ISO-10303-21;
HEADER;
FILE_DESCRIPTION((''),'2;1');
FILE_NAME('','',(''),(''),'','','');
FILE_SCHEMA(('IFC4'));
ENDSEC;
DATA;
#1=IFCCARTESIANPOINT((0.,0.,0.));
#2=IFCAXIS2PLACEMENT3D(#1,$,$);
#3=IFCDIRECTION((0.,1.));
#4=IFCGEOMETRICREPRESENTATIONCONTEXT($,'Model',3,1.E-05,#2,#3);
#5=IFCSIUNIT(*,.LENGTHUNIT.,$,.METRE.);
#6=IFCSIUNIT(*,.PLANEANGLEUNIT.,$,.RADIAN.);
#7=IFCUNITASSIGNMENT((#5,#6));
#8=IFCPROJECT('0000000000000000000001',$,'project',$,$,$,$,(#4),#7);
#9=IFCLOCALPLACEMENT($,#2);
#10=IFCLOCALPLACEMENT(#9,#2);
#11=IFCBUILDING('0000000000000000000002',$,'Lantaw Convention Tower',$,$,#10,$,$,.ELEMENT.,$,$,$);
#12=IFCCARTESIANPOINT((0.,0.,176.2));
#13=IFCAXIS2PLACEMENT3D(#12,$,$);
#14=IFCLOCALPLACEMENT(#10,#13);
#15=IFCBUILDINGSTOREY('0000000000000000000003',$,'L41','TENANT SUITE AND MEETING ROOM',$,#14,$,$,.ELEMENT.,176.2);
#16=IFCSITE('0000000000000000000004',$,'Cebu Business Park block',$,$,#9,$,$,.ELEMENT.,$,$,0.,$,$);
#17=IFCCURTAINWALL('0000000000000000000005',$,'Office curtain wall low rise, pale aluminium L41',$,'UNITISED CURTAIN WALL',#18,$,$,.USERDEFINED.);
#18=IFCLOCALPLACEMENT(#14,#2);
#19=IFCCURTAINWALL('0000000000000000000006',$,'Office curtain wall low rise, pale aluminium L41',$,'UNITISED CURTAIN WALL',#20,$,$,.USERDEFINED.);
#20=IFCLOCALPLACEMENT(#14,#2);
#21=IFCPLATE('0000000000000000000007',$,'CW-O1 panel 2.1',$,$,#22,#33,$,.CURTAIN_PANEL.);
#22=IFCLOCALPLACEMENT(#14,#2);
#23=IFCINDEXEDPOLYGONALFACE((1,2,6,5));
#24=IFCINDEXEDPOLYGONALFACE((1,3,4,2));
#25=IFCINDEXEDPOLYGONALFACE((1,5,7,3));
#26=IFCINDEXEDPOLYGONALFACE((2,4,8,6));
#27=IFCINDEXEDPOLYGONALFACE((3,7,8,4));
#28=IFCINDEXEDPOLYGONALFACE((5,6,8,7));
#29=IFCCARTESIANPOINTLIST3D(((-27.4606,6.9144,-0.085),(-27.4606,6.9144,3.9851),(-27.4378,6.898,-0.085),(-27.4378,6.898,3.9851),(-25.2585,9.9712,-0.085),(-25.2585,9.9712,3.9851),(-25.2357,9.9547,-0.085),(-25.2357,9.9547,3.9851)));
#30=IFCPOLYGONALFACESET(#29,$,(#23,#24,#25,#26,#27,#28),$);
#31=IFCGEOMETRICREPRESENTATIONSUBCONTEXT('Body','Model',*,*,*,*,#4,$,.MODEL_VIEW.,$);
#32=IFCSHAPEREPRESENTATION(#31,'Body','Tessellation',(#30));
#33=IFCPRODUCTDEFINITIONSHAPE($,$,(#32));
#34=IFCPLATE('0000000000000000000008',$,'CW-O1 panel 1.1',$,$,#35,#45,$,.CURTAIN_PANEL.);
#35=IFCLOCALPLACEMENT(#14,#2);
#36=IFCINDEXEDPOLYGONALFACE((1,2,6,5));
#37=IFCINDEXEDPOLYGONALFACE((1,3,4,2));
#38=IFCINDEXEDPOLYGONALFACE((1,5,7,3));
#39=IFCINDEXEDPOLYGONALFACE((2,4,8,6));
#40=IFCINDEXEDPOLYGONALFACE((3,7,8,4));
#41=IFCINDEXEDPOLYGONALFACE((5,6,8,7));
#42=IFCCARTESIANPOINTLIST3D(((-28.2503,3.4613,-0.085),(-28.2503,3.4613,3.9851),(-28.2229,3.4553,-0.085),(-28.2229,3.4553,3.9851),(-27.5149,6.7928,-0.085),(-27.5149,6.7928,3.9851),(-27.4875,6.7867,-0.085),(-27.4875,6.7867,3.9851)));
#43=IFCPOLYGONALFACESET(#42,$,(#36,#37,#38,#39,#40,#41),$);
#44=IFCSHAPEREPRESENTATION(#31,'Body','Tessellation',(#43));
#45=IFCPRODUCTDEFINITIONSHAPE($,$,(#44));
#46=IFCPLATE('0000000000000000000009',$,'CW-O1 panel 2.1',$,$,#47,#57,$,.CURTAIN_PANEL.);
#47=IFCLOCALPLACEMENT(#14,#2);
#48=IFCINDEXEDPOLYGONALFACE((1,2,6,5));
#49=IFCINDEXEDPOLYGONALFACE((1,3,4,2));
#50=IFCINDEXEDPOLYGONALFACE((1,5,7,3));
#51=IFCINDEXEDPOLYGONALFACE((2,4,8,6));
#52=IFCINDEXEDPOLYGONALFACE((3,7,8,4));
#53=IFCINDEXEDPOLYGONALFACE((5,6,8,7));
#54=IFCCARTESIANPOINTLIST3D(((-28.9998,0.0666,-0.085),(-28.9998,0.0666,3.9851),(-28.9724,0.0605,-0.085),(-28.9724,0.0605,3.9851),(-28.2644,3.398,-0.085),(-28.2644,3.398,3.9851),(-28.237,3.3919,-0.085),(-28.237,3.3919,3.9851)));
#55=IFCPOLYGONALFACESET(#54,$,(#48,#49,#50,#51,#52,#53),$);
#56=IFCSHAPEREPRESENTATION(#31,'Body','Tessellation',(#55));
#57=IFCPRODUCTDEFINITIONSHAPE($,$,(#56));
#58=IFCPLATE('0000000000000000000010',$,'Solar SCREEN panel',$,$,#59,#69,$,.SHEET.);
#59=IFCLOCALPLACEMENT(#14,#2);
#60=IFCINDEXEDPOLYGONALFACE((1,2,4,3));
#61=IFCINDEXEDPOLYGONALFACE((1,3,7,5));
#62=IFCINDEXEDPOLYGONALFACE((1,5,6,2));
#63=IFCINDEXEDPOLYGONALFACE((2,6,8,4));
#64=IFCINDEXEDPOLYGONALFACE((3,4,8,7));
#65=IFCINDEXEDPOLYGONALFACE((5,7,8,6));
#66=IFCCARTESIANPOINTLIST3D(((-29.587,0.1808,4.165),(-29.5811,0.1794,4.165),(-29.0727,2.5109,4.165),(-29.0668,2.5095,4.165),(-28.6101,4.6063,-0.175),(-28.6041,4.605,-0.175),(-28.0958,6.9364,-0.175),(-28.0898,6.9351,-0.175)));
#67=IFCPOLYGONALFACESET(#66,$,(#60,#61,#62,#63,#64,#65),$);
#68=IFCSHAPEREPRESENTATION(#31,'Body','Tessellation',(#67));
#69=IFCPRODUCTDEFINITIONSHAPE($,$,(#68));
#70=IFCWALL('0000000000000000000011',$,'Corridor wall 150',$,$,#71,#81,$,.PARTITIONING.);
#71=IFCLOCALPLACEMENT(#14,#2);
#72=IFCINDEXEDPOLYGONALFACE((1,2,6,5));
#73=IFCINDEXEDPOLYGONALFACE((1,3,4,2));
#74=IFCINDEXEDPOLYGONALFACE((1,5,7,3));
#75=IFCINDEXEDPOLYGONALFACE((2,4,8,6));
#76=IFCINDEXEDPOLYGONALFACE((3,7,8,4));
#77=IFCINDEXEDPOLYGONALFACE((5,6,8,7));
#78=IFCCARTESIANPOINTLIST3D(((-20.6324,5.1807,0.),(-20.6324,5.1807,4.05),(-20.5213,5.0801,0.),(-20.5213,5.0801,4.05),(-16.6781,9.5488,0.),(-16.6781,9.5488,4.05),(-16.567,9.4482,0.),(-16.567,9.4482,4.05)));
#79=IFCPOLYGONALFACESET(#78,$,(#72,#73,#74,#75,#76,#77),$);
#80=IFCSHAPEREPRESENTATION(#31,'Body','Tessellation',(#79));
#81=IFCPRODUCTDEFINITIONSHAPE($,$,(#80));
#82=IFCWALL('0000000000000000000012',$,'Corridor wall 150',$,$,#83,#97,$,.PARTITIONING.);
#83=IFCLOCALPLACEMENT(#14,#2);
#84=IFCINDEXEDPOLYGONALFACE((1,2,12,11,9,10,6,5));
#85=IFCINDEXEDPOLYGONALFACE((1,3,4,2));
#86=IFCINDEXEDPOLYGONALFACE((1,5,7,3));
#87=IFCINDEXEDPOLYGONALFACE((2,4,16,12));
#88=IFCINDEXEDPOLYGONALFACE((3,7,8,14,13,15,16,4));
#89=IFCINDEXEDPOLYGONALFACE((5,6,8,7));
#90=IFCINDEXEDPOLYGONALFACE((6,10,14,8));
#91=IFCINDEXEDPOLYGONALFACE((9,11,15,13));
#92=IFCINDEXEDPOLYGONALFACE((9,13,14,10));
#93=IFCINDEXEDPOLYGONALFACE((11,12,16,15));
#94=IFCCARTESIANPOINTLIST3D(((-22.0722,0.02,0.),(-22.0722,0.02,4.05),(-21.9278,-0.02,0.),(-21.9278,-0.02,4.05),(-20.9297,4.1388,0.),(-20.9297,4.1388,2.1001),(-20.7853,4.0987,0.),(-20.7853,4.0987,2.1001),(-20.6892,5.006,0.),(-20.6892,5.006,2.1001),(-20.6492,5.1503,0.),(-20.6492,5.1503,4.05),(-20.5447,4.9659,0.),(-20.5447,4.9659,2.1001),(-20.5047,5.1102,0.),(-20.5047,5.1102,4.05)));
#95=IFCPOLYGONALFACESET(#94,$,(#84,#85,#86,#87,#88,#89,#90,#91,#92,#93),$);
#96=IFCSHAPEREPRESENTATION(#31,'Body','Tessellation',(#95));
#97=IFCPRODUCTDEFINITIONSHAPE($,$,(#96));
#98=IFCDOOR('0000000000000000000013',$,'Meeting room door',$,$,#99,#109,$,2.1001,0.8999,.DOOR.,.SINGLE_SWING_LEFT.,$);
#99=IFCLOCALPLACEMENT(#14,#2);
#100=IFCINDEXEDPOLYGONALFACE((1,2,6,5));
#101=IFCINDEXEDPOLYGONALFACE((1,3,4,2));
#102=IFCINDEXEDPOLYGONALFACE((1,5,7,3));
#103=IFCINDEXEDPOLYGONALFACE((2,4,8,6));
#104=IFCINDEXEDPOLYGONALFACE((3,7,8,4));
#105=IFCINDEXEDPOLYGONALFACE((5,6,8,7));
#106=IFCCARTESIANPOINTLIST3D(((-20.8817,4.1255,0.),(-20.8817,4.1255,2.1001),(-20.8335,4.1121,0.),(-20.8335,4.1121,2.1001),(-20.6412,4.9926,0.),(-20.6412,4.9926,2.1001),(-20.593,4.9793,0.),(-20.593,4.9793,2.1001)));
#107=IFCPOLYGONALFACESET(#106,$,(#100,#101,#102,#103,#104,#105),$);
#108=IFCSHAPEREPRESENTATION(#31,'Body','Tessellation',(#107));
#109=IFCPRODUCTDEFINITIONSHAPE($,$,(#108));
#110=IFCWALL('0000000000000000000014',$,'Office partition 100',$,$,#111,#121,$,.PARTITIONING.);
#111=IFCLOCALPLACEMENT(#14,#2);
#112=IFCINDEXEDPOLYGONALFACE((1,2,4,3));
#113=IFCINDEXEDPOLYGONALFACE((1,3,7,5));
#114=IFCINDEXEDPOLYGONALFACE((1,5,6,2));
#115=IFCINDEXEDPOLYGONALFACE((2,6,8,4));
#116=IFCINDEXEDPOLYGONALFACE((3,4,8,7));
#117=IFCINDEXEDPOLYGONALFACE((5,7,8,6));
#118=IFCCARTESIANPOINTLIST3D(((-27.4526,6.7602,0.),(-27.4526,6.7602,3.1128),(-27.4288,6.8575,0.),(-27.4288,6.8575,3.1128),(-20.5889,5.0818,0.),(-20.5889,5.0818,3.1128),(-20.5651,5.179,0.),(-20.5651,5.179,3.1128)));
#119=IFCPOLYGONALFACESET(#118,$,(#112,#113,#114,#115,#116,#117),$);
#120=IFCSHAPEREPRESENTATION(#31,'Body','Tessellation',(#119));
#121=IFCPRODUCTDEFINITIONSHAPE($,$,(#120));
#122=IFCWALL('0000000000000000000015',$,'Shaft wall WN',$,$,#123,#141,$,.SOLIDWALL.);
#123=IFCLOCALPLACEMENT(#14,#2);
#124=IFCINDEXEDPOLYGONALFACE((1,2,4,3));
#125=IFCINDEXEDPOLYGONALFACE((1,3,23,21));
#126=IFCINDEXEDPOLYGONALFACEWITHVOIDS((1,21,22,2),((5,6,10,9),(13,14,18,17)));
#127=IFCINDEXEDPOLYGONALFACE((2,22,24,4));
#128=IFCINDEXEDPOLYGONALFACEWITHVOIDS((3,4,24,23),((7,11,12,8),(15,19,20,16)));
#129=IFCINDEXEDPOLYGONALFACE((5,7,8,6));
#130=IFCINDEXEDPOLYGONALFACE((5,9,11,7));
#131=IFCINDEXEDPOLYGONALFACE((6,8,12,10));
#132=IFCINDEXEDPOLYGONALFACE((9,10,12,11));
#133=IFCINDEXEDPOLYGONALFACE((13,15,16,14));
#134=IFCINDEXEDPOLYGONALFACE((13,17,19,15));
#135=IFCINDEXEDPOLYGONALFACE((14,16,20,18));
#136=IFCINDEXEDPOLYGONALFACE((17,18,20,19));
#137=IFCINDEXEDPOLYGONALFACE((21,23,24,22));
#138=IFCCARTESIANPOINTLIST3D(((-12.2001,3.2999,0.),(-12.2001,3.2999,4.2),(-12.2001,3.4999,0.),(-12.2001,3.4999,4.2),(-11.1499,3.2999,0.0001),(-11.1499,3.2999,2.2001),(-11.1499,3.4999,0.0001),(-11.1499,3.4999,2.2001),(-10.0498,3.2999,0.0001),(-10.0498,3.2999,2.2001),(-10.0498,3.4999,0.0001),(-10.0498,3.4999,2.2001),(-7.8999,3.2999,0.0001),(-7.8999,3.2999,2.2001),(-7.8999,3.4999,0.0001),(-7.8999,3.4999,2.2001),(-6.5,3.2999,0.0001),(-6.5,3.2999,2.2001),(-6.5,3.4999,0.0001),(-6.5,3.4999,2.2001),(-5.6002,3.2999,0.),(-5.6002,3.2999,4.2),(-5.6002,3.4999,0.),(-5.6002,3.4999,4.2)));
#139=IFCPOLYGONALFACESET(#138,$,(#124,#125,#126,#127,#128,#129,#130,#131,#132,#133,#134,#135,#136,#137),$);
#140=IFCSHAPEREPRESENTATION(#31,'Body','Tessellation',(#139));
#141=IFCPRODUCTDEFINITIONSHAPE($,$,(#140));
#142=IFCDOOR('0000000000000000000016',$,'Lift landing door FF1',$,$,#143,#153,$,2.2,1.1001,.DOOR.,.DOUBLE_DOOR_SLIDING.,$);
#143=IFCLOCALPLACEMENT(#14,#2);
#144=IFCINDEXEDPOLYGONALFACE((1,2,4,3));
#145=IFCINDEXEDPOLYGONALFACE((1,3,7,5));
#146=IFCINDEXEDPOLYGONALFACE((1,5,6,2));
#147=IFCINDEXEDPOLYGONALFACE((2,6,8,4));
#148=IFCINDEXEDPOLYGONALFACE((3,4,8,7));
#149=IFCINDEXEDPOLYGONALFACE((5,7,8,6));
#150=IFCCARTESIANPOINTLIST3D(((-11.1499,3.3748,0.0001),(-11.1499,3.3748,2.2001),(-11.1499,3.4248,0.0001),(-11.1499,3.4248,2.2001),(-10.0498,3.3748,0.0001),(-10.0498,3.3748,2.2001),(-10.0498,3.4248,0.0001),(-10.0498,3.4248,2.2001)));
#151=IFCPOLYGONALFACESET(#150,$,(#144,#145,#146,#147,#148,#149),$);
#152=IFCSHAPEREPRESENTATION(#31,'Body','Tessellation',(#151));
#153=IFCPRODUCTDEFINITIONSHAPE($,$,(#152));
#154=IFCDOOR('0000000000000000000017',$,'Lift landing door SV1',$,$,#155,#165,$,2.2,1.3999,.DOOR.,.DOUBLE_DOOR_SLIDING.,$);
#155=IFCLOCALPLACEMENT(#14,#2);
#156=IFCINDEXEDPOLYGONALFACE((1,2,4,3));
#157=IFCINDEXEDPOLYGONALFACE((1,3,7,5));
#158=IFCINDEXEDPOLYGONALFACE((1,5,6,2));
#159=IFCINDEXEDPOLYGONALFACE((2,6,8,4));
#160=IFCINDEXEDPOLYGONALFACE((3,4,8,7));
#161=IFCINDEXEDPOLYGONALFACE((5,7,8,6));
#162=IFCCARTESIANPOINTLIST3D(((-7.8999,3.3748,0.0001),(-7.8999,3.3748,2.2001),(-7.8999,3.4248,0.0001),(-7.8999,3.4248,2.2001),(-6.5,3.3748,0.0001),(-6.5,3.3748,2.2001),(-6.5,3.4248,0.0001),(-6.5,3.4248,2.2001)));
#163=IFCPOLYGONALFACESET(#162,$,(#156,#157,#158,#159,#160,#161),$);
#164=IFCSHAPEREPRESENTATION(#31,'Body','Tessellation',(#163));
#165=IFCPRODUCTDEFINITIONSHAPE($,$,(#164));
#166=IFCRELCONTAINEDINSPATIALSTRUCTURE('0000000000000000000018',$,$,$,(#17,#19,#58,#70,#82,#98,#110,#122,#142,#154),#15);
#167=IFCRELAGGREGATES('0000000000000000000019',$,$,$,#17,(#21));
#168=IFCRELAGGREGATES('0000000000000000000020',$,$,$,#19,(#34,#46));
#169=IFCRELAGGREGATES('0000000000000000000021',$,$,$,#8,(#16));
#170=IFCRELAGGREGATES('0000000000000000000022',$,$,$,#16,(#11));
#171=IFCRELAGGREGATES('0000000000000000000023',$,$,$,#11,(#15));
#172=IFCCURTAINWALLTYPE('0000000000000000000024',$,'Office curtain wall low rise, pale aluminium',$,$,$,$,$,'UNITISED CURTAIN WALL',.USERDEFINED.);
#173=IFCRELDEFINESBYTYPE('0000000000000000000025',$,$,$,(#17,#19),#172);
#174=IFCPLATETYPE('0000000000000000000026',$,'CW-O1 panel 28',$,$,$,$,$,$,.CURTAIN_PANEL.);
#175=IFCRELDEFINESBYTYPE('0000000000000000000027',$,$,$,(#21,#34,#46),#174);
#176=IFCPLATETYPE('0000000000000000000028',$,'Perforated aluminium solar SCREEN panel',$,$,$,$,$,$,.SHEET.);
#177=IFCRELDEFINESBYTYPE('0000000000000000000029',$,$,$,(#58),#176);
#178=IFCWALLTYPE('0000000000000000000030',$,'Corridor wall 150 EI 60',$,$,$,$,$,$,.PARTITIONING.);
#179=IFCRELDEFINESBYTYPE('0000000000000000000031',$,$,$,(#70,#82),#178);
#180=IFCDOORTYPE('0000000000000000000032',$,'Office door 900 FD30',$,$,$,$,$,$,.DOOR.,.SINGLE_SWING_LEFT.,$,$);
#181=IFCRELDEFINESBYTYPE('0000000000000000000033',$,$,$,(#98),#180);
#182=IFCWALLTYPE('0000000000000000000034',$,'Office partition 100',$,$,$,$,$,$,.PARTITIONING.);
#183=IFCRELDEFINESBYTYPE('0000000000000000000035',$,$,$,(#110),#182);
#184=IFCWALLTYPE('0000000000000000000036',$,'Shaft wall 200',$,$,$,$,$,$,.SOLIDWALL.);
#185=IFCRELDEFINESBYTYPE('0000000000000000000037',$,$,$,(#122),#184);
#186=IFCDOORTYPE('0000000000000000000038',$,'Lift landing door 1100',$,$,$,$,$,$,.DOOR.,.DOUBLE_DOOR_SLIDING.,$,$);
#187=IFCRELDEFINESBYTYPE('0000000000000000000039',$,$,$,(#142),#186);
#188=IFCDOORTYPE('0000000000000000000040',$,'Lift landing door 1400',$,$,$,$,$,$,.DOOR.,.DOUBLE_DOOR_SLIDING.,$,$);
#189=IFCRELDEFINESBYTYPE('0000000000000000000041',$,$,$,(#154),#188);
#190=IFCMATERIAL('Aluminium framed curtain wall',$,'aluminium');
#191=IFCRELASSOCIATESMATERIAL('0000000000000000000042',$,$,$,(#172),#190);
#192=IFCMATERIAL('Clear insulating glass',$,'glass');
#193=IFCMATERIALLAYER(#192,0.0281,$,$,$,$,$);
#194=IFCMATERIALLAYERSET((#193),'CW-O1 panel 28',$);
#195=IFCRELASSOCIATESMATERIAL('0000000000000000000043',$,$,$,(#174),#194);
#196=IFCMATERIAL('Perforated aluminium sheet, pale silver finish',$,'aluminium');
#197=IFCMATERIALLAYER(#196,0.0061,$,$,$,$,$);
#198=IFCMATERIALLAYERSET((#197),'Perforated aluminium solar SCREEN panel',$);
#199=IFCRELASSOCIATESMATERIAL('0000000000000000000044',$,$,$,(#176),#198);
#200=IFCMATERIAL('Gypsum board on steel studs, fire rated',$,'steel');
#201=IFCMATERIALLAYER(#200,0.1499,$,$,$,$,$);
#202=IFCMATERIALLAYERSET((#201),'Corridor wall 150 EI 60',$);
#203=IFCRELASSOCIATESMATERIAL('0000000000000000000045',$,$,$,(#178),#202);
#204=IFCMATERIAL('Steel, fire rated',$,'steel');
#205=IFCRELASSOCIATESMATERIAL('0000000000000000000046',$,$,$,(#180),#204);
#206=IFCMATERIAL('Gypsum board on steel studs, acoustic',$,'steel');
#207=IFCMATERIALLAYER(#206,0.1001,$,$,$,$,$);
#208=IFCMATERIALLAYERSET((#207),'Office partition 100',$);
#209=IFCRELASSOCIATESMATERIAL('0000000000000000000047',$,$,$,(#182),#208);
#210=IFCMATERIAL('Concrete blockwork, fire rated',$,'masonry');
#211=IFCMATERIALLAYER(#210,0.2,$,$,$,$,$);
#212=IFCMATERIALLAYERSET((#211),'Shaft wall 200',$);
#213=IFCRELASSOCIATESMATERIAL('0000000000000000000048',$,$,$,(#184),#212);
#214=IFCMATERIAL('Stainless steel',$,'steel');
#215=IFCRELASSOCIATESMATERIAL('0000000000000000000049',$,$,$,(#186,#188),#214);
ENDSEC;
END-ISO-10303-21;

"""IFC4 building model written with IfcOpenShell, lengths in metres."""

from ifc_helpers import new_model, si_unit, direction, frame, frame_2d, origin, origin_2d, place, context, subcontext, project, spatial, polyline, rectangle, outline, extrude, material, layer, layer_set, type_object, element, fill, aggregate, save


model = new_model("IFC4")

# Units and contexts
model_context = context("Model", 3, precision=1e-05, world=origin(), true_north=direction((0.0, 1.0)))
body_context = subcontext(model_context, "Body", "Model", "MODEL_VIEW")
ifc_project = project(units=[si_unit("LENGTHUNIT", "METRE"), si_unit("PLANEANGLEUNIT", "RADIAN")], contexts=[model_context])

# Site, building, storey
site_placement = place(None, origin())
site = spatial("IfcSite", under=ifc_project, at=site_placement, Name="Cebu Business Park block", CompositionType="ELEMENT", RefElevation=0.0)
building_placement = place(site_placement, origin())
building = spatial("IfcBuilding", under=site, at=building_placement, Name="Lantaw Convention Tower", CompositionType="ELEMENT")
storey_placement = place(building_placement, frame((0.0, 0.0, 176.2)))
storey = spatial("IfcBuildingStorey", under=building, at=storey_placement, Name="L41", Description="TENANT SUITE AND MEETING ROOM", CompositionType="ELEMENT", Elevation=176.2)

# Curtain wall
ifc_material_1 = material(Name="Aluminium framed curtain wall", Category="aluminium")
curtain_wall_type = type_object("IfcCurtainWallType", Name="Office curtain wall low rise, pale aluminium", ElementType="UNITISED CURTAIN WALL", PredefinedType="USERDEFINED", material=ifc_material_1)
curtain_wall_1_placement = place(storey_placement, origin())
curtain_wall_1 = element("IfcCurtainWall", 1, at=curtain_wall_1_placement, inside=storey, type_object=curtain_wall_type, Name="Office curtain wall low rise, pale aluminium L41", ObjectType="UNITISED CURTAIN WALL", PredefinedType="USERDEFINED")

# Curtain wall
curtain_wall_2_placement = place(storey_placement, origin())
curtain_wall_2 = element("IfcCurtainWall", 2, at=curtain_wall_2_placement, inside=storey, type_object=curtain_wall_type, Name="Office curtain wall low rise, pale aluminium L41", ObjectType="UNITISED CURTAIN WALL", PredefinedType="USERDEFINED")

# Plates
ifc_material_2 = material(Name="Clear insulating glass", Category="glass")
ifc_layer_1 = layer(ifc_material_2, 0.0281)
ifc_layer_set_1 = layer_set([ifc_layer_1], Name="CW-O1 panel 28")
plate_type_1 = type_object("IfcPlateType", Name="CW-O1 panel 28", PredefinedType="CURTAIN_PANEL", material=ifc_layer_set_1)
plate_1_placement = place(storey_placement, frame((-26.3481, 8.4346, -0.085), z_axis=(0.0, 0.0, 1.0), x_axis=(-0.584513, -0.811385, 0.0)))
plate_1 = element("IfcPlate", 3, at=plate_1_placement, type_object=plate_type_1, Name="CW-O1 panel 2.1", PredefinedType="CURTAIN_PANEL", context=body_context, shape_type="SweptSolid", body=[
    extrude(rectangle(XDim=3.7673, YDim=0.0281, at=origin_2d()), origin(), (0.0, 0.0, 1.0), 4.0701),
])
aggregate(curtain_wall_1, [plate_1])
plate_2_placement = place(storey_placement, frame((-27.8689, 5.124, -0.085), z_axis=(0.0, 0.0, 1.0), x_axis=(-0.215546, -0.976494, 0.0)))
plate_2 = element("IfcPlate", 4, at=plate_2_placement, type_object=plate_type_1, Name="CW-O1 panel 1.1", PredefinedType="CURTAIN_PANEL", context=body_context, shape_type="SweptSolid", body=[
    extrude(rectangle(XDim=3.4116, YDim=0.0281, at=origin_2d()), origin(), (0.0, 0.0, 1.0), 4.0701),
])
plate_3_placement = place(storey_placement, frame((-28.6184, 1.7292, -0.085), z_axis=(0.0, 0.0, 1.0), x_axis=(-0.215546, -0.976494, 0.0)))
plate_3 = element("IfcPlate", 5, at=plate_3_placement, type_object=plate_type_1, Name="CW-O1 panel 2.1", PredefinedType="CURTAIN_PANEL", context=body_context, shape_type="SweptSolid", body=[
    extrude(rectangle(XDim=3.4116, YDim=0.0281, at=origin_2d()), origin(), (0.0, 0.0, 1.0), 4.0701),
])
aggregate(curtain_wall_2, [plate_2, plate_3])
ifc_material_3 = material(Name="Perforated aluminium sheet, pale silver finish", Category="aluminium")
ifc_layer_2 = layer(ifc_material_3, 0.0061)
ifc_layer_set_2 = layer_set([ifc_layer_2], Name="Perforated aluminium solar SCREEN panel")
plate_type_2 = type_object("IfcPlateType", Name="Perforated aluminium solar SCREEN panel", PredefinedType="SHEET", material=ifc_layer_set_2)
plate_4_placement = place(storey_placement, frame((-28.0898, 6.9351, -0.175), z_axis=(0.976498, -0.215527, 0.000033), x_axis=(-0.215527, -0.976498, 0.0)))
element("IfcPlate", 6, at=plate_4_placement, inside=storey, type_object=plate_type_2, Name="Solar SCREEN panel", PredefinedType="SHEET", context=body_context, shape_type="SweptSolid", body=[
    extrude(outline(polyline([(0.0, 0.0), (2.3861, 0.0), (6.9182, -4.3401), (4.5321, -4.3401), (0.0, 0.0)])), origin(), (0.0, 0.0, -1.0), 0.0061),
])

# Wall
ifc_material_4 = material(Name="Gypsum board on steel studs, fire rated", Category="steel")
ifc_layer_3 = layer(ifc_material_4, 0.1499)
ifc_layer_set_3 = layer_set([ifc_layer_3], Name="Corridor wall 150 EI 60")
wall_type_1 = type_object("IfcWallType", Name="Corridor wall 150 EI 60", PredefinedType="PARTITIONING", material=ifc_layer_set_3)
wall_1_placement = place(storey_placement, frame((-16.6226, 9.4985, 0.0), z_axis=(0.0, 0.0, 1.0), x_axis=(-0.671118, -0.74135, 0.0)))
element("IfcWall", 7, at=wall_1_placement, inside=storey, type_object=wall_type_1, Name="Corridor wall 150", PredefinedType="PARTITIONING", context=body_context, shape_type="SweptSolid", body=[
    extrude(rectangle(XDim=5.8921, YDim=0.1499, at=frame_2d((2.946, 0.0))), origin(), (0.0, 0.0, 1.0), 4.05),
])

# Wall, opening, door
wall_2_placement = place(storey_placement, frame((-20.5769, 5.1304, 0.0), z_axis=(0.0, 0.0, 1.0), x_axis=(-0.267294, -0.963615, 0.0)))
wall_2 = element("IfcWall", 8, at=wall_2_placement, inside=storey, type_object=wall_type_1, Name="Corridor wall 150", PredefinedType="PARTITIONING", context=body_context, shape_type="SweptSolid", body=[
    extrude(rectangle(XDim=5.324, YDim=0.1499, at=frame_2d((2.6621, 0.0))), origin(), (0.0, 0.0, 1.0), 4.05),
])
opening_1_placement = place(wall_2_placement, frame((0.1499, 0.0, 0.0)))
opening_1 = element("IfcOpeningElement", 9, at=opening_1_placement, cuts=wall_2, PredefinedType="OPENING", context=body_context, shape_type="SweptSolid", body=[
    extrude(rectangle(XDim=0.8999, YDim=2.1001, at=frame_2d((0.45, 1.05))), frame((0.0, 0.085, 0.0), z_axis=(0.0, -1.0, 0.0), x_axis=(1.0, 0.0, 0.0)), (0.0, 0.0, 1.0), 0.1699),
])
ifc_material_5 = material(Name="Steel, fire rated", Category="steel")
door_type_1 = type_object("IfcDoorType", Name="Office door 900 FD30", OperationType="SINGLE_SWING_LEFT", PredefinedType="DOOR", material=ifc_material_5)
door_1_placement = place(opening_1_placement, origin())
door_1 = element("IfcDoor", 10, at=door_1_placement, inside=storey, type_object=door_type_1, Name="Meeting room door", OperationType="SINGLE_SWING_LEFT", OverallHeight=2.1001, OverallWidth=0.8999, PredefinedType="DOOR", context=body_context, shape_type="SweptSolid", body=[
    extrude(rectangle(XDim=0.8999, YDim=2.1001, at=frame_2d((0.45, 1.05))), frame((0.0, 0.0249, 0.0), z_axis=(0.0, -1.0, 0.0), x_axis=(1.0, 0.0, 0.0)), (0.0, 0.0, 1.0), 0.05),
])
fill(opening_1, door_1)

# Wall
ifc_material_6 = material(Name="Gypsum board on steel studs, acoustic", Category="steel")
ifc_layer_4 = layer(ifc_material_6, 0.1001)
ifc_layer_set_4 = layer_set([ifc_layer_4], Name="Office partition 100")
wall_type_2 = type_object("IfcWallType", Name="Office partition 100", PredefinedType="PARTITIONING", material=ifc_layer_set_4)
wall_3_placement = place(storey_placement, frame((-27.4407, 6.8088, 0.0), z_axis=(0.0, 0.0, 1.0), x_axis=(0.971378, -0.237541, 0.0)))
element("IfcWall", 11, at=wall_3_placement, inside=storey, type_object=wall_type_2, Name="Office partition 100", PredefinedType="PARTITIONING", context=body_context, shape_type="SweptSolid", body=[
    extrude(rectangle(XDim=7.0659, YDim=0.1001, at=frame_2d((3.533, 0.0))), origin(), (0.0, 0.0, 1.0), 3.1128),
])

# Wall, openings, doors
ifc_material_7 = material(Name="Concrete blockwork, fire rated", Category="masonry")
ifc_layer_5 = layer(ifc_material_7, 0.2)
ifc_layer_set_5 = layer_set([ifc_layer_5], Name="Shaft wall 200")
wall_type_3 = type_object("IfcWallType", Name="Shaft wall 200", PredefinedType="SOLIDWALL", material=ifc_layer_set_5)
wall_4_placement = place(storey_placement, frame((-12.2, 3.3999, 0.0), z_axis=(0.0, 0.0, 1.0), x_axis=(1.0, 0.0, 0.0)))
wall_4 = element("IfcWall", 12, at=wall_4_placement, inside=storey, type_object=wall_type_3, Name="Shaft wall WN", PredefinedType="SOLIDWALL", context=body_context, shape_type="SweptSolid", body=[
    extrude(rectangle(XDim=6.5999, YDim=0.2, at=frame_2d((3.2998, 0.0))), origin(), (0.0, 0.0, 1.0), 4.2),
])
opening_2_placement = place(wall_4_placement, frame((1.05, 0.0, 0.0)))
opening_2 = element("IfcOpeningElement", 13, at=opening_2_placement, cuts=wall_4, PredefinedType="OPENING", context=body_context, shape_type="SweptSolid", body=[
    extrude(rectangle(XDim=1.1001, YDim=2.2, at=frame_2d((0.55, 1.1001))), frame((0.0, 0.1099, 0.0), z_axis=(0.0, -1.0, 0.0), x_axis=(1.0, 0.0, 0.0)), (0.0, 0.0, 1.0), 0.22),
])
opening_3_placement = place(wall_4_placement, frame((4.3, 0.0, 0.0)))
opening_3 = element("IfcOpeningElement", 14, at=opening_3_placement, cuts=wall_4, PredefinedType="OPENING", context=body_context, shape_type="SweptSolid", body=[
    extrude(rectangle(XDim=1.3999, YDim=2.2, at=frame_2d((0.7, 1.1001))), frame((0.0, 0.1099, 0.0), z_axis=(0.0, -1.0, 0.0), x_axis=(1.0, 0.0, 0.0)), (0.0, 0.0, 1.0), 0.22),
])
ifc_material_8 = material(Name="Stainless steel", Category="steel")
door_type_2 = type_object("IfcDoorType", Name="Lift landing door 1100", OperationType="DOUBLE_DOOR_SLIDING", PredefinedType="DOOR", material=ifc_material_8)
door_2_placement = place(opening_2_placement, origin())
door_2 = element("IfcDoor", 15, at=door_2_placement, inside=storey, type_object=door_type_2, Name="Lift landing door FF1", OperationType="DOUBLE_DOOR_SLIDING", OverallHeight=2.2, OverallWidth=1.1001, PredefinedType="DOOR", context=body_context, shape_type="SweptSolid", body=[
    extrude(rectangle(XDim=1.1001, YDim=2.2, at=frame_2d((0.55, 1.1001))), frame((0.0, 0.0249, 0.0), z_axis=(0.0, -1.0, 0.0), x_axis=(1.0, 0.0, 0.0)), (0.0, 0.0, 1.0), 0.05),
])
fill(opening_2, door_2)
door_type_3 = type_object("IfcDoorType", Name="Lift landing door 1400", OperationType="DOUBLE_DOOR_SLIDING", PredefinedType="DOOR", material=ifc_material_8)
door_3_placement = place(opening_3_placement, origin())
door_3 = element("IfcDoor", 16, at=door_3_placement, inside=storey, type_object=door_type_3, Name="Lift landing door SV1", OperationType="DOUBLE_DOOR_SLIDING", OverallHeight=2.2, OverallWidth=1.3999, PredefinedType="DOOR", context=body_context, shape_type="SweptSolid", body=[
    extrude(rectangle(XDim=1.3999, YDim=2.2, at=frame_2d((0.7, 1.1001))), frame((0.0, 0.0249, 0.0), z_axis=(0.0, -1.0, 0.0), x_axis=(1.0, 0.0, 0.0)), (0.0, 0.0, 1.0), 0.05),
])
fill(opening_3, door_3)

save(model, "model.ifc")
